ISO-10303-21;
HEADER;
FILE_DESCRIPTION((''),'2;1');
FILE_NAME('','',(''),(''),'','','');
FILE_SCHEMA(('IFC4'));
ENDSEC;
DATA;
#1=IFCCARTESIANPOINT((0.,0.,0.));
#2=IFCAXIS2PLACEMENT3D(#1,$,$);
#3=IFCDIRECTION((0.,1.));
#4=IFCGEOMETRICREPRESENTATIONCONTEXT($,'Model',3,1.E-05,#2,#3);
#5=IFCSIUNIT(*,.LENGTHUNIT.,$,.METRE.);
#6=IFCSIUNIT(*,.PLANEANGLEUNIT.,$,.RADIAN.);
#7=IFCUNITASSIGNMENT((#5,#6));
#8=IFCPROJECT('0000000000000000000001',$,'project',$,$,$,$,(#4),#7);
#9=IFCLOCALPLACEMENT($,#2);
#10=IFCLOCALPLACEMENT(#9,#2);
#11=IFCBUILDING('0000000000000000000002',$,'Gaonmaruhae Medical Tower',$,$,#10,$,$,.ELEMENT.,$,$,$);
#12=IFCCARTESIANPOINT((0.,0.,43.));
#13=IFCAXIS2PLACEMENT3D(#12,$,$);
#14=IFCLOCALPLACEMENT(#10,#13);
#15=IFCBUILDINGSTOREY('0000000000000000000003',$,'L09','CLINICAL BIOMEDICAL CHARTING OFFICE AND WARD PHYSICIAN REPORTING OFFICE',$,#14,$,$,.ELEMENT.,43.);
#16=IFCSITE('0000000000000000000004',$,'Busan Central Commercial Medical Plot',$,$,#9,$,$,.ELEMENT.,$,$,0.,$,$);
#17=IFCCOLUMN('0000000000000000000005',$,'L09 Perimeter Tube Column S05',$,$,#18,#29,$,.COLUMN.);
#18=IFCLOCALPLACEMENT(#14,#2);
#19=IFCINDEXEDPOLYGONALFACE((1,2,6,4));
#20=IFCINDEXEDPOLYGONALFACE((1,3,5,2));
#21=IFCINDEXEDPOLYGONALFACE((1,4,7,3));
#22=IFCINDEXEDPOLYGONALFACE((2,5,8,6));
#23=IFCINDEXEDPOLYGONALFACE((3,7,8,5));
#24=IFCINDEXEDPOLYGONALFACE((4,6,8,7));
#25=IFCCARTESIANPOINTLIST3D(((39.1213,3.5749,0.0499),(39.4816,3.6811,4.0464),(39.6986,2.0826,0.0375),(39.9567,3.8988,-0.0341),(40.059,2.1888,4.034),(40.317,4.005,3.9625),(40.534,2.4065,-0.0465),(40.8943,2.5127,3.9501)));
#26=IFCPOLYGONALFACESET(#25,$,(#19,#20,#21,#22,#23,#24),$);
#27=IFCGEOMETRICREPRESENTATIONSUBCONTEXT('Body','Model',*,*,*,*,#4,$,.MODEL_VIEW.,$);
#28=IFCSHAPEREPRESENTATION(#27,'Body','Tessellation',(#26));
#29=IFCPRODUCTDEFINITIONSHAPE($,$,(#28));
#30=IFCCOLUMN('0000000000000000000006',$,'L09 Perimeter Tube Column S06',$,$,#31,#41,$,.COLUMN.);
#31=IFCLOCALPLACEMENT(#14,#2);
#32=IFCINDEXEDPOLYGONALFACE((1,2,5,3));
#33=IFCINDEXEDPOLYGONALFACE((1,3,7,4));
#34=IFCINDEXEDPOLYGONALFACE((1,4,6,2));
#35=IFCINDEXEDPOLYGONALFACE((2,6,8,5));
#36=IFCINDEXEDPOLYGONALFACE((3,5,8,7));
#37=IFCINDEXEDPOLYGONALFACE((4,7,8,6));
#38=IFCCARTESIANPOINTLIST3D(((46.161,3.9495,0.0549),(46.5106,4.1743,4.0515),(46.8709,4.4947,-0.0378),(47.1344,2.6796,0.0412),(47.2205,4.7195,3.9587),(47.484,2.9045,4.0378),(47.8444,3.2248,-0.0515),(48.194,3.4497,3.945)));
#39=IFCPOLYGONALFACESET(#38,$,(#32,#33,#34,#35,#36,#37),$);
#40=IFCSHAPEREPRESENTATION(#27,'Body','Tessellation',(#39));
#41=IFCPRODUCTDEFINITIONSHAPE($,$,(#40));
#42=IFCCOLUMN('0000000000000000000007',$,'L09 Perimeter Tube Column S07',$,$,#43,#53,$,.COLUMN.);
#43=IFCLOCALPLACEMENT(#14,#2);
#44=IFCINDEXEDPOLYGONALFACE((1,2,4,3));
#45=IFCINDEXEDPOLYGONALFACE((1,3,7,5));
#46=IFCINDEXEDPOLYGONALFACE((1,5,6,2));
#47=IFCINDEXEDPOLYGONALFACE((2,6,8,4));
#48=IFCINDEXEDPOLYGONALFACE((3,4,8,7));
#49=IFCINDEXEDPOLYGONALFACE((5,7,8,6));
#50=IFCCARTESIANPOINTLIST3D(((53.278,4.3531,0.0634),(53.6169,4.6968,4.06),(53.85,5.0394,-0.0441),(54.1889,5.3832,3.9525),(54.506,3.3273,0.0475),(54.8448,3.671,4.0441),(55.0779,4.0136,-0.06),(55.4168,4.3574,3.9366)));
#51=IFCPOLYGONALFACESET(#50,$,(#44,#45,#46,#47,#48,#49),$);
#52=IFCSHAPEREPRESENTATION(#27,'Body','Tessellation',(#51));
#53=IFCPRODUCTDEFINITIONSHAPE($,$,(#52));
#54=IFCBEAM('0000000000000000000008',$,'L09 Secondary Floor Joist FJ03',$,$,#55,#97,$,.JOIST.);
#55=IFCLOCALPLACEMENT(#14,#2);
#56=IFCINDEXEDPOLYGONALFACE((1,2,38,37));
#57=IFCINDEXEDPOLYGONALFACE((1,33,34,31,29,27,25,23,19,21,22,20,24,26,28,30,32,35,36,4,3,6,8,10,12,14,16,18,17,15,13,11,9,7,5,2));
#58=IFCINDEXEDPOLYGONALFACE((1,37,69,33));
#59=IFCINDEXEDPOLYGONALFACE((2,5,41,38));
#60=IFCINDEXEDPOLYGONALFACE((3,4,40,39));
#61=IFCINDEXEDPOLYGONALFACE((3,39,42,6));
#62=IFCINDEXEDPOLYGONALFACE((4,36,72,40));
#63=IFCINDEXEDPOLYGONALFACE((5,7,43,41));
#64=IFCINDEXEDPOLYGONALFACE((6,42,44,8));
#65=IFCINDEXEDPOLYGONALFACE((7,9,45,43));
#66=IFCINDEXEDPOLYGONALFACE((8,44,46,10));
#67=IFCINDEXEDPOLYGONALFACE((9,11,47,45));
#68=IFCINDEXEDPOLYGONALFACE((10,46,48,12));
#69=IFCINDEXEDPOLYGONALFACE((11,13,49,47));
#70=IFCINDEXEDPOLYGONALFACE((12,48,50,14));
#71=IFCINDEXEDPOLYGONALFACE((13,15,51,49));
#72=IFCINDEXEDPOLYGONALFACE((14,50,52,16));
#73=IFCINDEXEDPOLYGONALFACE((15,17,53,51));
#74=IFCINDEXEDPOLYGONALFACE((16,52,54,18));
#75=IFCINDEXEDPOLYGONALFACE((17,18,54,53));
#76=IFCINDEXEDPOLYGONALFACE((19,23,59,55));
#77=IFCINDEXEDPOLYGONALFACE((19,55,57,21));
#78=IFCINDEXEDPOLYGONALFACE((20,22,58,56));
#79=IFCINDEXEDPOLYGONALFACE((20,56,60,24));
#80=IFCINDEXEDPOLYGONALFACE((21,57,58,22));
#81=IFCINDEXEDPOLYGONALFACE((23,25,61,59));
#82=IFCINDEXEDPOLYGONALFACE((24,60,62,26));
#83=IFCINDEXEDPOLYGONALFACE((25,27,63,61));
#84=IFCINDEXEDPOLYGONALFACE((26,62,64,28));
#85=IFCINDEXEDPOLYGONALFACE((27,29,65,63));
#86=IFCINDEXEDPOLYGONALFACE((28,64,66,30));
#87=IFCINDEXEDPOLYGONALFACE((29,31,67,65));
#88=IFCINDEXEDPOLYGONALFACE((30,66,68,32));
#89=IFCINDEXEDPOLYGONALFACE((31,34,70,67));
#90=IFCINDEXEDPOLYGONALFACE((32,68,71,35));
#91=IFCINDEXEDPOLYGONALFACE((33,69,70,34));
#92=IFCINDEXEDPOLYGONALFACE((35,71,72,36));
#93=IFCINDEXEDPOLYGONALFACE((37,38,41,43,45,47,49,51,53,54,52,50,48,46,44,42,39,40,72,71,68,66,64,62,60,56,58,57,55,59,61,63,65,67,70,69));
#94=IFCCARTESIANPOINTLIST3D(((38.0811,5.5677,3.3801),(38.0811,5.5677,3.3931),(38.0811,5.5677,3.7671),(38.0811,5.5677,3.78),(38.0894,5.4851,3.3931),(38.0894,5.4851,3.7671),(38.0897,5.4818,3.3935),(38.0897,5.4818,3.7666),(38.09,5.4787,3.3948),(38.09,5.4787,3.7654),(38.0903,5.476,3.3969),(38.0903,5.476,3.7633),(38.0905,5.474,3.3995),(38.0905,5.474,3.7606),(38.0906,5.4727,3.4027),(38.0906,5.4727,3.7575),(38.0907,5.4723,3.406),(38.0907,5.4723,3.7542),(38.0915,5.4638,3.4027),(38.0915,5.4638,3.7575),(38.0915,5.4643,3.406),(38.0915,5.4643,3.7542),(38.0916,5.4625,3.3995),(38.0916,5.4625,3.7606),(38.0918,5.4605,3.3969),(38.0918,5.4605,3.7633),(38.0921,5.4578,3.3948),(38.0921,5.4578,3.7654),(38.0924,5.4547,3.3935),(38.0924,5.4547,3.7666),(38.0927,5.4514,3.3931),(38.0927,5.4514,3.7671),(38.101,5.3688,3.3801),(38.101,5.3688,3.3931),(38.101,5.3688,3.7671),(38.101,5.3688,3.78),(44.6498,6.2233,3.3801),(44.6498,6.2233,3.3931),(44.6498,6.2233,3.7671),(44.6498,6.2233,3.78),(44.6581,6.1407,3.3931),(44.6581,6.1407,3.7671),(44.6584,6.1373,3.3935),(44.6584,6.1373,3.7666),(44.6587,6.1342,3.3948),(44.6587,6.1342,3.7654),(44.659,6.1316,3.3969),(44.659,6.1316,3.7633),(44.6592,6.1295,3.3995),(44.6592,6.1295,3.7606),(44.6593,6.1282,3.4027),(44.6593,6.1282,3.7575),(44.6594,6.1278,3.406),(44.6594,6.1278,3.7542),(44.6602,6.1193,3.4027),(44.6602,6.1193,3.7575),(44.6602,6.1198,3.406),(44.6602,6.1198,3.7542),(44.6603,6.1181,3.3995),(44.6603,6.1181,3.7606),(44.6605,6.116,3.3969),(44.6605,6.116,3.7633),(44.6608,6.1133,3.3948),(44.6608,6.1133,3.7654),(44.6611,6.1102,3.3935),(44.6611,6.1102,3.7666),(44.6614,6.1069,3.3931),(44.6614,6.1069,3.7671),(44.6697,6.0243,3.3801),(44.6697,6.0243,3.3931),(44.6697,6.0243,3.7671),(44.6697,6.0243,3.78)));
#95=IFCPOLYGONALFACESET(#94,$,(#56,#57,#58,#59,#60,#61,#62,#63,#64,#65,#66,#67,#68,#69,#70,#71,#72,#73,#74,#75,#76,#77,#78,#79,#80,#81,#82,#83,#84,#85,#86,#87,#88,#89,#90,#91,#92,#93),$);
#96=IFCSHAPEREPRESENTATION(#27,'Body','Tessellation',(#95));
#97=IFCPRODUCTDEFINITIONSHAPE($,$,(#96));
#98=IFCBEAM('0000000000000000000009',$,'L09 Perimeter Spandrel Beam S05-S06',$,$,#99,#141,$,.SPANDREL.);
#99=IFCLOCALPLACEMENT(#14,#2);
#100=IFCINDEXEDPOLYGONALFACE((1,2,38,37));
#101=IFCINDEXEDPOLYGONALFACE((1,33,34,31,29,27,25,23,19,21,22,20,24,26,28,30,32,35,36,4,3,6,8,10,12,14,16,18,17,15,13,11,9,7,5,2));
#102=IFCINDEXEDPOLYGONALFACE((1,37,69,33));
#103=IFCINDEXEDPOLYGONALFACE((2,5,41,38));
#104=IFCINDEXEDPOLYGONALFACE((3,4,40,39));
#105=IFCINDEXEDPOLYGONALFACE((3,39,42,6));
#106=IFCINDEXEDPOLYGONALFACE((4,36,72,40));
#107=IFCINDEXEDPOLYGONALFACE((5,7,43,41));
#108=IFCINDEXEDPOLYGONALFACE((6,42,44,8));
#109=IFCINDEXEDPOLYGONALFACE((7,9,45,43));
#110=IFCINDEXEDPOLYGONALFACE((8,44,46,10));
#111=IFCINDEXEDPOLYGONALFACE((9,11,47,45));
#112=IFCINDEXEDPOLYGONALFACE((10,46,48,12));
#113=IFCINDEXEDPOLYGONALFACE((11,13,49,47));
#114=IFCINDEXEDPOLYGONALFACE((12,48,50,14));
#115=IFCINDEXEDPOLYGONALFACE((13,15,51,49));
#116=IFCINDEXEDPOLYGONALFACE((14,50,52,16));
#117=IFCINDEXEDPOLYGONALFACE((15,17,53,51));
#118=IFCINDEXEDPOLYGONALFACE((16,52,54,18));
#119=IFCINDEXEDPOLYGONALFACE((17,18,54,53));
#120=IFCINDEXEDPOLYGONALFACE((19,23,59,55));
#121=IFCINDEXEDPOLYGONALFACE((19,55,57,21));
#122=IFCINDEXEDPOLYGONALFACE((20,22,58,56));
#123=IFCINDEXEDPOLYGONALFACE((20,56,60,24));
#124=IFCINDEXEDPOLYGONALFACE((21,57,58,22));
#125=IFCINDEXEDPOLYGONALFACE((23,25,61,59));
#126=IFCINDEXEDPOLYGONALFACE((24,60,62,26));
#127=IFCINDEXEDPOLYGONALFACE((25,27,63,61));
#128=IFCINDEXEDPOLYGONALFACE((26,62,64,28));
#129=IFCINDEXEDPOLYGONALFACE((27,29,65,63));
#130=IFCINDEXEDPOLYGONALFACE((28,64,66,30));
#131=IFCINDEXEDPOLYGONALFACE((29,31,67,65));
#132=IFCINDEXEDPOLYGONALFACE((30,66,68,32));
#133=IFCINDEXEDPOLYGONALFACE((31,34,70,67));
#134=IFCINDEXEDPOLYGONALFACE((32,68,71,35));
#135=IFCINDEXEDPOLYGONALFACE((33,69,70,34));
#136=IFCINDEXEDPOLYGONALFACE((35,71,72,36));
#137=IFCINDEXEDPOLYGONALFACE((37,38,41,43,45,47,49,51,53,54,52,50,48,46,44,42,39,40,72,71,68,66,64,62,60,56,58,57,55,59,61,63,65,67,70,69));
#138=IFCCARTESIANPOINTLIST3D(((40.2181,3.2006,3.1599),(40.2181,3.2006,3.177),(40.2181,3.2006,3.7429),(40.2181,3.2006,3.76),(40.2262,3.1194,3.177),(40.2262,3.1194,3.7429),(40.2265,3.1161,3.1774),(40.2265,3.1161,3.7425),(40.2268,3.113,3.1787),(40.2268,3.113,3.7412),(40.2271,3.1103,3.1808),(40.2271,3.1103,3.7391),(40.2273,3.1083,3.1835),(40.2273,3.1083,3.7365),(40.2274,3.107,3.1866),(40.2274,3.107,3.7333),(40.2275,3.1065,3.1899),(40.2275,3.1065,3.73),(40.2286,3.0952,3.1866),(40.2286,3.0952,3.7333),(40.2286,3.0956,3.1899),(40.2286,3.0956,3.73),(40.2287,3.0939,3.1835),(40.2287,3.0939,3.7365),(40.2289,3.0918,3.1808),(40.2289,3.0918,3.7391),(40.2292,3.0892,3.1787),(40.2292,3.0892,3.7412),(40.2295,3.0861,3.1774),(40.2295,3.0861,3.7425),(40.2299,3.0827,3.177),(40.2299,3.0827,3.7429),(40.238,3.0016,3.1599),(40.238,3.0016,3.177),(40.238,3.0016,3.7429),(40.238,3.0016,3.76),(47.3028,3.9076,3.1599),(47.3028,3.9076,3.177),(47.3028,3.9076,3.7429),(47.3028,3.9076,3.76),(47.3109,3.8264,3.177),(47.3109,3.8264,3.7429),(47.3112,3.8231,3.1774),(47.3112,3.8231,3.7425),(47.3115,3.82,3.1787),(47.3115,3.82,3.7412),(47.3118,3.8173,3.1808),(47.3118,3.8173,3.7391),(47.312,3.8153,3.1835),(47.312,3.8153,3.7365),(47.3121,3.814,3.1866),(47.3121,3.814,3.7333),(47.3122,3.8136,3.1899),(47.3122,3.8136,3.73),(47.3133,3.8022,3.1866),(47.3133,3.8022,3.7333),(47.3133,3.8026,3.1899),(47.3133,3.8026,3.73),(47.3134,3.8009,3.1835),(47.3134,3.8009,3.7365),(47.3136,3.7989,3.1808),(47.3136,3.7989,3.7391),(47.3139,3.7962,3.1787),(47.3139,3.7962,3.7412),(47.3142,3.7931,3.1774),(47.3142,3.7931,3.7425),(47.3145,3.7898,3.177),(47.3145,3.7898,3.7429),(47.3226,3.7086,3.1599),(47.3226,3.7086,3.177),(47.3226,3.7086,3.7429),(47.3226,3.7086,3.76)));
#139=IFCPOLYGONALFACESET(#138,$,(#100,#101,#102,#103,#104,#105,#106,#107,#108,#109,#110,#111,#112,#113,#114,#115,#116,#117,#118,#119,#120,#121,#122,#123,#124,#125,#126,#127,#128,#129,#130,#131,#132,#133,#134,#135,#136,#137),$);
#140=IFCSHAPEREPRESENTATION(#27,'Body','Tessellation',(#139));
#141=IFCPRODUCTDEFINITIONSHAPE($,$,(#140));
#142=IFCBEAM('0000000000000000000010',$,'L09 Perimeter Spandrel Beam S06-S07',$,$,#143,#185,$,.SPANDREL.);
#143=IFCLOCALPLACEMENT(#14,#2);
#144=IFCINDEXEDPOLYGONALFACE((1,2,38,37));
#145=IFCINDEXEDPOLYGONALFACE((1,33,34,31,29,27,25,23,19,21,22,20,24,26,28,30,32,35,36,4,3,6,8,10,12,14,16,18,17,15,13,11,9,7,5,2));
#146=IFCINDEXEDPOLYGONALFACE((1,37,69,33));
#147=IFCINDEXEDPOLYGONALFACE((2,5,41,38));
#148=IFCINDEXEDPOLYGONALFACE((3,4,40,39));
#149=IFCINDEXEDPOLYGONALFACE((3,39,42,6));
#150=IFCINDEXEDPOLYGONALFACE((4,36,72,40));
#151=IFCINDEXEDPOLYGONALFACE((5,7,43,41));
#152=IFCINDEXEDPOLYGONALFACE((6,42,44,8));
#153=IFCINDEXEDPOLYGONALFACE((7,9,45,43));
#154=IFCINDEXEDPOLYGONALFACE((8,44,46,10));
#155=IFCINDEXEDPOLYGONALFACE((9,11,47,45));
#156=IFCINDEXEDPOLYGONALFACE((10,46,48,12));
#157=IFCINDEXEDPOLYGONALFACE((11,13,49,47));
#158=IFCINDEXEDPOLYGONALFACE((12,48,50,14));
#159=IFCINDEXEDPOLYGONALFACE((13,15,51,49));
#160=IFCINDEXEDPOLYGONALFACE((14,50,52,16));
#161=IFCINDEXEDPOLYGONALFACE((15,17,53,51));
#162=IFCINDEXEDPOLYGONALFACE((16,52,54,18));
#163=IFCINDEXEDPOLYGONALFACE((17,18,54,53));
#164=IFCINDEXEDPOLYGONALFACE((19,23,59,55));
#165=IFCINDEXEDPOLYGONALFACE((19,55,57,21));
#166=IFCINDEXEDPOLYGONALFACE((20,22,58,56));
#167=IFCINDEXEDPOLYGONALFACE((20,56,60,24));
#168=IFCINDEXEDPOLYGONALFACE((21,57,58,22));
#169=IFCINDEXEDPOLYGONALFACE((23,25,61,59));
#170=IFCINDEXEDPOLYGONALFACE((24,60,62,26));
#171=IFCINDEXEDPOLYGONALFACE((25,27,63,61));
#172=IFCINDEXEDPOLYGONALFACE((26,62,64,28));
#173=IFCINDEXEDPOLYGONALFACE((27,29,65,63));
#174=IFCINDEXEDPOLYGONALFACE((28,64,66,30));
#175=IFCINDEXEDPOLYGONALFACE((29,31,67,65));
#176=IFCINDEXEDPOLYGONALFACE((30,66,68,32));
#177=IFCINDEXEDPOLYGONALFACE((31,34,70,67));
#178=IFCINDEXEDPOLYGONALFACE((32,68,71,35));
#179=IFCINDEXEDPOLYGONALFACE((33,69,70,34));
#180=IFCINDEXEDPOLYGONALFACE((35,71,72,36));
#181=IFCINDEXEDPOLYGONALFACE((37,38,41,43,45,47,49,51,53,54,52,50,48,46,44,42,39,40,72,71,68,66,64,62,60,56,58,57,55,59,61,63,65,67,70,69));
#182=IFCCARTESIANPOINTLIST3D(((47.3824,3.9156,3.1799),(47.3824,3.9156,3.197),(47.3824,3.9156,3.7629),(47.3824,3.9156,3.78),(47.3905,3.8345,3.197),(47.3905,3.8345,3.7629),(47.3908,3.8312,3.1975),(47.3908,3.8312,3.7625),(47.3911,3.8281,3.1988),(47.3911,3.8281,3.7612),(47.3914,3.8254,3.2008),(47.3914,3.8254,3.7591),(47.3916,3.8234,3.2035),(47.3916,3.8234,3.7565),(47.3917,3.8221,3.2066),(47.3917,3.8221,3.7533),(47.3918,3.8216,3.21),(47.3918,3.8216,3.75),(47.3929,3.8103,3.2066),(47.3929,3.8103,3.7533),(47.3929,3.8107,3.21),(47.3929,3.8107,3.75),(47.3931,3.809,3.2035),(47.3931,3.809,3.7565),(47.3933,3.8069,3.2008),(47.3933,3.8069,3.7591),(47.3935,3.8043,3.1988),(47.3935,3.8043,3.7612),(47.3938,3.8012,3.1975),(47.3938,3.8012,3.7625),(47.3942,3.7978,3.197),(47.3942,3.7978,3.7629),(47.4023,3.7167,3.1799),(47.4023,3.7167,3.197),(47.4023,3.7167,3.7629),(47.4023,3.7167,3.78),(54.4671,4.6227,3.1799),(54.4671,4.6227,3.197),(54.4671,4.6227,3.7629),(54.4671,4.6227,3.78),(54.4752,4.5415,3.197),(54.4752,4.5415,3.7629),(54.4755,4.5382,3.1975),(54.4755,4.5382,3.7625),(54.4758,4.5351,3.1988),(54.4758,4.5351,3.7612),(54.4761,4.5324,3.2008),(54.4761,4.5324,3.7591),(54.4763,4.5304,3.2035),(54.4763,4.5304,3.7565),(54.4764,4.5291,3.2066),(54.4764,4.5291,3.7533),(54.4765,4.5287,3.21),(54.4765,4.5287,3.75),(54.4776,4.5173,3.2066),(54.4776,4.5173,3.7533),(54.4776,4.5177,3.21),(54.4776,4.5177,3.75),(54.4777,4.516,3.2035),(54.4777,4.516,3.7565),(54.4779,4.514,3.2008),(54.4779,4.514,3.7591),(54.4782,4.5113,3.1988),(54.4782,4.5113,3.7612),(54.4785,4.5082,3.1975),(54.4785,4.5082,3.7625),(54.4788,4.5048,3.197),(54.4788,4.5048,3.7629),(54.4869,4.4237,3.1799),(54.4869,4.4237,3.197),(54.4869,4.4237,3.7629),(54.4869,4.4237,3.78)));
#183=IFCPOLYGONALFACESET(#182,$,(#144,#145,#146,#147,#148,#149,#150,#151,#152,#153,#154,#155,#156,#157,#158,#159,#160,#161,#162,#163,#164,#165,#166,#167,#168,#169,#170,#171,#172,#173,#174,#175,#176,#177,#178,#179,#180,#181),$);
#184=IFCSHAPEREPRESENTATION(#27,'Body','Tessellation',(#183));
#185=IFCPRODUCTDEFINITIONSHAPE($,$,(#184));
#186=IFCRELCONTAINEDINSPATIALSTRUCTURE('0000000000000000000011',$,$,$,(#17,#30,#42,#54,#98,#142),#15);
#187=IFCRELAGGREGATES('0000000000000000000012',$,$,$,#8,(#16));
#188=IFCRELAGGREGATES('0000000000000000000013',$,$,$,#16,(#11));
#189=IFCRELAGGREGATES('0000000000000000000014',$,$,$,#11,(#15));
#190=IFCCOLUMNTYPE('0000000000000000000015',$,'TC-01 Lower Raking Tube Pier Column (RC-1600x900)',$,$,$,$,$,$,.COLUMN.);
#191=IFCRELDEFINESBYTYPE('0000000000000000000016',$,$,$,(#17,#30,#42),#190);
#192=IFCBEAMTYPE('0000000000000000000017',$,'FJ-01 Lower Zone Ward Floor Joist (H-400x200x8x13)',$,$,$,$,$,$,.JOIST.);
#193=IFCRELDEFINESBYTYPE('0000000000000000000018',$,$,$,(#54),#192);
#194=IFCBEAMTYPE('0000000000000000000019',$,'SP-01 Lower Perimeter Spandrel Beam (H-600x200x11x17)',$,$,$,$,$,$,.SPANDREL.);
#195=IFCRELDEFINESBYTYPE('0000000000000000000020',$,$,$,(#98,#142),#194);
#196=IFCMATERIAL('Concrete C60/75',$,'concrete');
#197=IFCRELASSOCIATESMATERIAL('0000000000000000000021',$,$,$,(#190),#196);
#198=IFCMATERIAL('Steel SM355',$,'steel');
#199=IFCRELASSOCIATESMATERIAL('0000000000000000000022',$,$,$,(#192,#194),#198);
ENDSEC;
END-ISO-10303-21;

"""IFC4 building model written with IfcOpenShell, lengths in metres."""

from ifc_helpers import new_model, si_unit, direction, frame, origin, origin_2d, place, context, subcontext, project, spatial, rectangle, i_section, extrude, material, material_profile, profile_set, type_object, element, save


model = new_model("IFC4")

# Units and contexts
model_context = context("Model", 3, precision=1e-05, world=origin(), true_north=direction((0.0, 1.0)))
body_context = subcontext(model_context, "Body", "Model", "MODEL_VIEW")
ifc_project = project(units=[si_unit("LENGTHUNIT", "METRE"), si_unit("PLANEANGLEUNIT", "RADIAN")], contexts=[model_context])

# Site, building, storey
site_placement = place(None, origin())
site = spatial("IfcSite", under=ifc_project, at=site_placement, Name="Busan Central Commercial Medical Plot", CompositionType="ELEMENT", RefElevation=0.0)
building_placement = place(site_placement, origin())
building = spatial("IfcBuilding", under=site, at=building_placement, Name="Gaonmaruhae Medical Tower", CompositionType="ELEMENT")
storey_placement = place(building_placement, frame((0.0, 0.0, 43.0)))
storey = spatial("IfcBuildingStorey", under=building, at=storey_placement, Name="L09", Description="CLINICAL BIOMEDICAL CHARTING OFFICE AND WARD PHYSICIAN REPORTING OFFICE", CompositionType="ELEMENT", Elevation=43.0)

# Columns
ifc_material_1 = material(Name="Concrete C60/75", Category="concrete")
ifc_material_profile_1 = material_profile(ifc_material_1, rectangle(XDim=1.6001, YDim=0.8999, at=origin_2d()), Name="RC-1600x900")
ifc_profile_set_1 = profile_set([ifc_material_profile_1], Name="Concrete C60/75")
column_type = type_object("IfcColumnType", Name="TC-01 Lower Raking Tube Pier Column (RC-1600x900)", PredefinedType="COLUMN", material=ifc_profile_set_1)
column_1_placement = place(storey_placement, frame((39.8276, 2.9907, 0.0017), z_axis=(0.089769, 0.026456, 0.995611), x_axis=(-0.360805, 0.932609, 0.00775)))
element("IfcColumn", 1, at=column_1_placement, inside=storey, type_object=column_type, Name="L09 Perimeter Tube Column S05", PredefinedType="COLUMN", context=body_context, shape_type="SweptSolid", body=[
    extrude(rectangle(XDim=1.6001, YDim=0.8999, at=origin_2d()), origin(), (0.0, 0.0, 1.0), 4.0142),
])
column_2_placement = place(storey_placement, frame((47.0027, 3.5872, 0.0017), z_axis=(0.087008, 0.05596, 0.994635), x_axis=(-0.608351, 0.793622, 0.008566)))
element("IfcColumn", 2, at=column_2_placement, inside=storey, type_object=column_type, Name="L09 Perimeter Tube Column S06", PredefinedType="COLUMN", context=body_context, shape_type="SweptSolid", body=[
    extrude(rectangle(XDim=1.6001, YDim=0.8999, at=origin_2d()), origin(), (0.0, 0.0, 1.0), 4.0181),
])
column_3_placement = place(storey_placement, frame((54.178, 4.1833, 0.0017), z_axis=(0.084178, 0.08539, 0.992785), x_axis=(-0.767415, 0.641074, 0.009929)))
element("IfcColumn", 3, at=column_3_placement, inside=storey, type_object=column_type, Name="L09 Perimeter Tube Column S07", PredefinedType="COLUMN", context=body_context, shape_type="SweptSolid", body=[
    extrude(rectangle(XDim=1.6001, YDim=0.8999, at=origin_2d()), origin(), (0.0, 0.0, 1.0), 4.0256),
])

# Beams
ifc_material_2 = material(Name="Steel SM355", Category="steel")
ifc_material_profile_2 = material_profile(ifc_material_2, i_section(OverallWidth=0.2, OverallDepth=0.3999, WebThickness=0.0081, FlangeThickness=0.0129, FilletRadius=0.0129, at=origin_2d()), Name="H-400x200x8x13")
ifc_profile_set_2 = profile_set([ifc_material_profile_2], Name="Steel SM355")
beam_type_1 = type_object("IfcBeamType", Name="FJ-01 Lower Zone Ward Floor Joist (H-400x200x8x13)", PredefinedType="JOIST", material=ifc_profile_set_2)
beam_1_placement = place(storey_placement, frame((38.0911, 5.4683, 3.5801), z_axis=(0.995057, 0.099302, 0.0), x_axis=(-0.099302, 0.995057, 0.0)))
element("IfcBeam", 4, at=beam_1_placement, inside=storey, type_object=beam_type_1, Name="L09 Secondary Floor Joist FJ03", PredefinedType="JOIST", context=body_context, shape_type="SweptSolid", body=[
    extrude(i_section(OverallWidth=0.2, OverallDepth=0.3999, WebThickness=0.0081, FlangeThickness=0.0129, FilletRadius=0.0129, at=origin_2d()), origin(), (0.0, 0.0, 1.0), 6.6013),
])
ifc_material_profile_3 = material_profile(ifc_material_2, i_section(OverallWidth=0.2, OverallDepth=0.6001, WebThickness=0.011, FlangeThickness=0.0171, FilletRadius=0.0129, at=origin_2d()), Name="H-600x200x11x17")
ifc_profile_set_3 = profile_set([ifc_material_profile_3], Name="Steel SM355")
beam_type_2 = type_object("IfcBeamType", Name="SP-01 Lower Perimeter Spandrel Beam (H-600x200x11x17)", PredefinedType="SPANDREL", material=ifc_profile_set_3)
for number, where, z_axis, x_axis, name in (
    (5, (40.228, 3.1011, 3.46), (0.995057, 0.099303, 0.0), (-0.099303, 0.995057, 0.0), "L09 Perimeter Spandrel Beam S05-S06"),
    (6, (47.3923, 3.8162, 3.48), (0.995057, 0.099303, 0.0), (-0.099303, 0.995057, 0.0), "L09 Perimeter Spandrel Beam S06-S07"),
):
    element("IfcBeam", number, at=place(storey_placement, frame(where, z_axis=z_axis, x_axis=x_axis)), inside=storey, type_object=beam_type_2, Name=name, PredefinedType="SPANDREL", context=body_context, shape_type="SweptSolid", body=[
        extrude(i_section(OverallWidth=0.2, OverallDepth=0.6001, WebThickness=0.011, FlangeThickness=0.0171, FilletRadius=0.0129, at=origin_2d()), origin(), (0.0, 0.0, 1.0), 7.1199),
    ])

save(model, "model.ifc")
